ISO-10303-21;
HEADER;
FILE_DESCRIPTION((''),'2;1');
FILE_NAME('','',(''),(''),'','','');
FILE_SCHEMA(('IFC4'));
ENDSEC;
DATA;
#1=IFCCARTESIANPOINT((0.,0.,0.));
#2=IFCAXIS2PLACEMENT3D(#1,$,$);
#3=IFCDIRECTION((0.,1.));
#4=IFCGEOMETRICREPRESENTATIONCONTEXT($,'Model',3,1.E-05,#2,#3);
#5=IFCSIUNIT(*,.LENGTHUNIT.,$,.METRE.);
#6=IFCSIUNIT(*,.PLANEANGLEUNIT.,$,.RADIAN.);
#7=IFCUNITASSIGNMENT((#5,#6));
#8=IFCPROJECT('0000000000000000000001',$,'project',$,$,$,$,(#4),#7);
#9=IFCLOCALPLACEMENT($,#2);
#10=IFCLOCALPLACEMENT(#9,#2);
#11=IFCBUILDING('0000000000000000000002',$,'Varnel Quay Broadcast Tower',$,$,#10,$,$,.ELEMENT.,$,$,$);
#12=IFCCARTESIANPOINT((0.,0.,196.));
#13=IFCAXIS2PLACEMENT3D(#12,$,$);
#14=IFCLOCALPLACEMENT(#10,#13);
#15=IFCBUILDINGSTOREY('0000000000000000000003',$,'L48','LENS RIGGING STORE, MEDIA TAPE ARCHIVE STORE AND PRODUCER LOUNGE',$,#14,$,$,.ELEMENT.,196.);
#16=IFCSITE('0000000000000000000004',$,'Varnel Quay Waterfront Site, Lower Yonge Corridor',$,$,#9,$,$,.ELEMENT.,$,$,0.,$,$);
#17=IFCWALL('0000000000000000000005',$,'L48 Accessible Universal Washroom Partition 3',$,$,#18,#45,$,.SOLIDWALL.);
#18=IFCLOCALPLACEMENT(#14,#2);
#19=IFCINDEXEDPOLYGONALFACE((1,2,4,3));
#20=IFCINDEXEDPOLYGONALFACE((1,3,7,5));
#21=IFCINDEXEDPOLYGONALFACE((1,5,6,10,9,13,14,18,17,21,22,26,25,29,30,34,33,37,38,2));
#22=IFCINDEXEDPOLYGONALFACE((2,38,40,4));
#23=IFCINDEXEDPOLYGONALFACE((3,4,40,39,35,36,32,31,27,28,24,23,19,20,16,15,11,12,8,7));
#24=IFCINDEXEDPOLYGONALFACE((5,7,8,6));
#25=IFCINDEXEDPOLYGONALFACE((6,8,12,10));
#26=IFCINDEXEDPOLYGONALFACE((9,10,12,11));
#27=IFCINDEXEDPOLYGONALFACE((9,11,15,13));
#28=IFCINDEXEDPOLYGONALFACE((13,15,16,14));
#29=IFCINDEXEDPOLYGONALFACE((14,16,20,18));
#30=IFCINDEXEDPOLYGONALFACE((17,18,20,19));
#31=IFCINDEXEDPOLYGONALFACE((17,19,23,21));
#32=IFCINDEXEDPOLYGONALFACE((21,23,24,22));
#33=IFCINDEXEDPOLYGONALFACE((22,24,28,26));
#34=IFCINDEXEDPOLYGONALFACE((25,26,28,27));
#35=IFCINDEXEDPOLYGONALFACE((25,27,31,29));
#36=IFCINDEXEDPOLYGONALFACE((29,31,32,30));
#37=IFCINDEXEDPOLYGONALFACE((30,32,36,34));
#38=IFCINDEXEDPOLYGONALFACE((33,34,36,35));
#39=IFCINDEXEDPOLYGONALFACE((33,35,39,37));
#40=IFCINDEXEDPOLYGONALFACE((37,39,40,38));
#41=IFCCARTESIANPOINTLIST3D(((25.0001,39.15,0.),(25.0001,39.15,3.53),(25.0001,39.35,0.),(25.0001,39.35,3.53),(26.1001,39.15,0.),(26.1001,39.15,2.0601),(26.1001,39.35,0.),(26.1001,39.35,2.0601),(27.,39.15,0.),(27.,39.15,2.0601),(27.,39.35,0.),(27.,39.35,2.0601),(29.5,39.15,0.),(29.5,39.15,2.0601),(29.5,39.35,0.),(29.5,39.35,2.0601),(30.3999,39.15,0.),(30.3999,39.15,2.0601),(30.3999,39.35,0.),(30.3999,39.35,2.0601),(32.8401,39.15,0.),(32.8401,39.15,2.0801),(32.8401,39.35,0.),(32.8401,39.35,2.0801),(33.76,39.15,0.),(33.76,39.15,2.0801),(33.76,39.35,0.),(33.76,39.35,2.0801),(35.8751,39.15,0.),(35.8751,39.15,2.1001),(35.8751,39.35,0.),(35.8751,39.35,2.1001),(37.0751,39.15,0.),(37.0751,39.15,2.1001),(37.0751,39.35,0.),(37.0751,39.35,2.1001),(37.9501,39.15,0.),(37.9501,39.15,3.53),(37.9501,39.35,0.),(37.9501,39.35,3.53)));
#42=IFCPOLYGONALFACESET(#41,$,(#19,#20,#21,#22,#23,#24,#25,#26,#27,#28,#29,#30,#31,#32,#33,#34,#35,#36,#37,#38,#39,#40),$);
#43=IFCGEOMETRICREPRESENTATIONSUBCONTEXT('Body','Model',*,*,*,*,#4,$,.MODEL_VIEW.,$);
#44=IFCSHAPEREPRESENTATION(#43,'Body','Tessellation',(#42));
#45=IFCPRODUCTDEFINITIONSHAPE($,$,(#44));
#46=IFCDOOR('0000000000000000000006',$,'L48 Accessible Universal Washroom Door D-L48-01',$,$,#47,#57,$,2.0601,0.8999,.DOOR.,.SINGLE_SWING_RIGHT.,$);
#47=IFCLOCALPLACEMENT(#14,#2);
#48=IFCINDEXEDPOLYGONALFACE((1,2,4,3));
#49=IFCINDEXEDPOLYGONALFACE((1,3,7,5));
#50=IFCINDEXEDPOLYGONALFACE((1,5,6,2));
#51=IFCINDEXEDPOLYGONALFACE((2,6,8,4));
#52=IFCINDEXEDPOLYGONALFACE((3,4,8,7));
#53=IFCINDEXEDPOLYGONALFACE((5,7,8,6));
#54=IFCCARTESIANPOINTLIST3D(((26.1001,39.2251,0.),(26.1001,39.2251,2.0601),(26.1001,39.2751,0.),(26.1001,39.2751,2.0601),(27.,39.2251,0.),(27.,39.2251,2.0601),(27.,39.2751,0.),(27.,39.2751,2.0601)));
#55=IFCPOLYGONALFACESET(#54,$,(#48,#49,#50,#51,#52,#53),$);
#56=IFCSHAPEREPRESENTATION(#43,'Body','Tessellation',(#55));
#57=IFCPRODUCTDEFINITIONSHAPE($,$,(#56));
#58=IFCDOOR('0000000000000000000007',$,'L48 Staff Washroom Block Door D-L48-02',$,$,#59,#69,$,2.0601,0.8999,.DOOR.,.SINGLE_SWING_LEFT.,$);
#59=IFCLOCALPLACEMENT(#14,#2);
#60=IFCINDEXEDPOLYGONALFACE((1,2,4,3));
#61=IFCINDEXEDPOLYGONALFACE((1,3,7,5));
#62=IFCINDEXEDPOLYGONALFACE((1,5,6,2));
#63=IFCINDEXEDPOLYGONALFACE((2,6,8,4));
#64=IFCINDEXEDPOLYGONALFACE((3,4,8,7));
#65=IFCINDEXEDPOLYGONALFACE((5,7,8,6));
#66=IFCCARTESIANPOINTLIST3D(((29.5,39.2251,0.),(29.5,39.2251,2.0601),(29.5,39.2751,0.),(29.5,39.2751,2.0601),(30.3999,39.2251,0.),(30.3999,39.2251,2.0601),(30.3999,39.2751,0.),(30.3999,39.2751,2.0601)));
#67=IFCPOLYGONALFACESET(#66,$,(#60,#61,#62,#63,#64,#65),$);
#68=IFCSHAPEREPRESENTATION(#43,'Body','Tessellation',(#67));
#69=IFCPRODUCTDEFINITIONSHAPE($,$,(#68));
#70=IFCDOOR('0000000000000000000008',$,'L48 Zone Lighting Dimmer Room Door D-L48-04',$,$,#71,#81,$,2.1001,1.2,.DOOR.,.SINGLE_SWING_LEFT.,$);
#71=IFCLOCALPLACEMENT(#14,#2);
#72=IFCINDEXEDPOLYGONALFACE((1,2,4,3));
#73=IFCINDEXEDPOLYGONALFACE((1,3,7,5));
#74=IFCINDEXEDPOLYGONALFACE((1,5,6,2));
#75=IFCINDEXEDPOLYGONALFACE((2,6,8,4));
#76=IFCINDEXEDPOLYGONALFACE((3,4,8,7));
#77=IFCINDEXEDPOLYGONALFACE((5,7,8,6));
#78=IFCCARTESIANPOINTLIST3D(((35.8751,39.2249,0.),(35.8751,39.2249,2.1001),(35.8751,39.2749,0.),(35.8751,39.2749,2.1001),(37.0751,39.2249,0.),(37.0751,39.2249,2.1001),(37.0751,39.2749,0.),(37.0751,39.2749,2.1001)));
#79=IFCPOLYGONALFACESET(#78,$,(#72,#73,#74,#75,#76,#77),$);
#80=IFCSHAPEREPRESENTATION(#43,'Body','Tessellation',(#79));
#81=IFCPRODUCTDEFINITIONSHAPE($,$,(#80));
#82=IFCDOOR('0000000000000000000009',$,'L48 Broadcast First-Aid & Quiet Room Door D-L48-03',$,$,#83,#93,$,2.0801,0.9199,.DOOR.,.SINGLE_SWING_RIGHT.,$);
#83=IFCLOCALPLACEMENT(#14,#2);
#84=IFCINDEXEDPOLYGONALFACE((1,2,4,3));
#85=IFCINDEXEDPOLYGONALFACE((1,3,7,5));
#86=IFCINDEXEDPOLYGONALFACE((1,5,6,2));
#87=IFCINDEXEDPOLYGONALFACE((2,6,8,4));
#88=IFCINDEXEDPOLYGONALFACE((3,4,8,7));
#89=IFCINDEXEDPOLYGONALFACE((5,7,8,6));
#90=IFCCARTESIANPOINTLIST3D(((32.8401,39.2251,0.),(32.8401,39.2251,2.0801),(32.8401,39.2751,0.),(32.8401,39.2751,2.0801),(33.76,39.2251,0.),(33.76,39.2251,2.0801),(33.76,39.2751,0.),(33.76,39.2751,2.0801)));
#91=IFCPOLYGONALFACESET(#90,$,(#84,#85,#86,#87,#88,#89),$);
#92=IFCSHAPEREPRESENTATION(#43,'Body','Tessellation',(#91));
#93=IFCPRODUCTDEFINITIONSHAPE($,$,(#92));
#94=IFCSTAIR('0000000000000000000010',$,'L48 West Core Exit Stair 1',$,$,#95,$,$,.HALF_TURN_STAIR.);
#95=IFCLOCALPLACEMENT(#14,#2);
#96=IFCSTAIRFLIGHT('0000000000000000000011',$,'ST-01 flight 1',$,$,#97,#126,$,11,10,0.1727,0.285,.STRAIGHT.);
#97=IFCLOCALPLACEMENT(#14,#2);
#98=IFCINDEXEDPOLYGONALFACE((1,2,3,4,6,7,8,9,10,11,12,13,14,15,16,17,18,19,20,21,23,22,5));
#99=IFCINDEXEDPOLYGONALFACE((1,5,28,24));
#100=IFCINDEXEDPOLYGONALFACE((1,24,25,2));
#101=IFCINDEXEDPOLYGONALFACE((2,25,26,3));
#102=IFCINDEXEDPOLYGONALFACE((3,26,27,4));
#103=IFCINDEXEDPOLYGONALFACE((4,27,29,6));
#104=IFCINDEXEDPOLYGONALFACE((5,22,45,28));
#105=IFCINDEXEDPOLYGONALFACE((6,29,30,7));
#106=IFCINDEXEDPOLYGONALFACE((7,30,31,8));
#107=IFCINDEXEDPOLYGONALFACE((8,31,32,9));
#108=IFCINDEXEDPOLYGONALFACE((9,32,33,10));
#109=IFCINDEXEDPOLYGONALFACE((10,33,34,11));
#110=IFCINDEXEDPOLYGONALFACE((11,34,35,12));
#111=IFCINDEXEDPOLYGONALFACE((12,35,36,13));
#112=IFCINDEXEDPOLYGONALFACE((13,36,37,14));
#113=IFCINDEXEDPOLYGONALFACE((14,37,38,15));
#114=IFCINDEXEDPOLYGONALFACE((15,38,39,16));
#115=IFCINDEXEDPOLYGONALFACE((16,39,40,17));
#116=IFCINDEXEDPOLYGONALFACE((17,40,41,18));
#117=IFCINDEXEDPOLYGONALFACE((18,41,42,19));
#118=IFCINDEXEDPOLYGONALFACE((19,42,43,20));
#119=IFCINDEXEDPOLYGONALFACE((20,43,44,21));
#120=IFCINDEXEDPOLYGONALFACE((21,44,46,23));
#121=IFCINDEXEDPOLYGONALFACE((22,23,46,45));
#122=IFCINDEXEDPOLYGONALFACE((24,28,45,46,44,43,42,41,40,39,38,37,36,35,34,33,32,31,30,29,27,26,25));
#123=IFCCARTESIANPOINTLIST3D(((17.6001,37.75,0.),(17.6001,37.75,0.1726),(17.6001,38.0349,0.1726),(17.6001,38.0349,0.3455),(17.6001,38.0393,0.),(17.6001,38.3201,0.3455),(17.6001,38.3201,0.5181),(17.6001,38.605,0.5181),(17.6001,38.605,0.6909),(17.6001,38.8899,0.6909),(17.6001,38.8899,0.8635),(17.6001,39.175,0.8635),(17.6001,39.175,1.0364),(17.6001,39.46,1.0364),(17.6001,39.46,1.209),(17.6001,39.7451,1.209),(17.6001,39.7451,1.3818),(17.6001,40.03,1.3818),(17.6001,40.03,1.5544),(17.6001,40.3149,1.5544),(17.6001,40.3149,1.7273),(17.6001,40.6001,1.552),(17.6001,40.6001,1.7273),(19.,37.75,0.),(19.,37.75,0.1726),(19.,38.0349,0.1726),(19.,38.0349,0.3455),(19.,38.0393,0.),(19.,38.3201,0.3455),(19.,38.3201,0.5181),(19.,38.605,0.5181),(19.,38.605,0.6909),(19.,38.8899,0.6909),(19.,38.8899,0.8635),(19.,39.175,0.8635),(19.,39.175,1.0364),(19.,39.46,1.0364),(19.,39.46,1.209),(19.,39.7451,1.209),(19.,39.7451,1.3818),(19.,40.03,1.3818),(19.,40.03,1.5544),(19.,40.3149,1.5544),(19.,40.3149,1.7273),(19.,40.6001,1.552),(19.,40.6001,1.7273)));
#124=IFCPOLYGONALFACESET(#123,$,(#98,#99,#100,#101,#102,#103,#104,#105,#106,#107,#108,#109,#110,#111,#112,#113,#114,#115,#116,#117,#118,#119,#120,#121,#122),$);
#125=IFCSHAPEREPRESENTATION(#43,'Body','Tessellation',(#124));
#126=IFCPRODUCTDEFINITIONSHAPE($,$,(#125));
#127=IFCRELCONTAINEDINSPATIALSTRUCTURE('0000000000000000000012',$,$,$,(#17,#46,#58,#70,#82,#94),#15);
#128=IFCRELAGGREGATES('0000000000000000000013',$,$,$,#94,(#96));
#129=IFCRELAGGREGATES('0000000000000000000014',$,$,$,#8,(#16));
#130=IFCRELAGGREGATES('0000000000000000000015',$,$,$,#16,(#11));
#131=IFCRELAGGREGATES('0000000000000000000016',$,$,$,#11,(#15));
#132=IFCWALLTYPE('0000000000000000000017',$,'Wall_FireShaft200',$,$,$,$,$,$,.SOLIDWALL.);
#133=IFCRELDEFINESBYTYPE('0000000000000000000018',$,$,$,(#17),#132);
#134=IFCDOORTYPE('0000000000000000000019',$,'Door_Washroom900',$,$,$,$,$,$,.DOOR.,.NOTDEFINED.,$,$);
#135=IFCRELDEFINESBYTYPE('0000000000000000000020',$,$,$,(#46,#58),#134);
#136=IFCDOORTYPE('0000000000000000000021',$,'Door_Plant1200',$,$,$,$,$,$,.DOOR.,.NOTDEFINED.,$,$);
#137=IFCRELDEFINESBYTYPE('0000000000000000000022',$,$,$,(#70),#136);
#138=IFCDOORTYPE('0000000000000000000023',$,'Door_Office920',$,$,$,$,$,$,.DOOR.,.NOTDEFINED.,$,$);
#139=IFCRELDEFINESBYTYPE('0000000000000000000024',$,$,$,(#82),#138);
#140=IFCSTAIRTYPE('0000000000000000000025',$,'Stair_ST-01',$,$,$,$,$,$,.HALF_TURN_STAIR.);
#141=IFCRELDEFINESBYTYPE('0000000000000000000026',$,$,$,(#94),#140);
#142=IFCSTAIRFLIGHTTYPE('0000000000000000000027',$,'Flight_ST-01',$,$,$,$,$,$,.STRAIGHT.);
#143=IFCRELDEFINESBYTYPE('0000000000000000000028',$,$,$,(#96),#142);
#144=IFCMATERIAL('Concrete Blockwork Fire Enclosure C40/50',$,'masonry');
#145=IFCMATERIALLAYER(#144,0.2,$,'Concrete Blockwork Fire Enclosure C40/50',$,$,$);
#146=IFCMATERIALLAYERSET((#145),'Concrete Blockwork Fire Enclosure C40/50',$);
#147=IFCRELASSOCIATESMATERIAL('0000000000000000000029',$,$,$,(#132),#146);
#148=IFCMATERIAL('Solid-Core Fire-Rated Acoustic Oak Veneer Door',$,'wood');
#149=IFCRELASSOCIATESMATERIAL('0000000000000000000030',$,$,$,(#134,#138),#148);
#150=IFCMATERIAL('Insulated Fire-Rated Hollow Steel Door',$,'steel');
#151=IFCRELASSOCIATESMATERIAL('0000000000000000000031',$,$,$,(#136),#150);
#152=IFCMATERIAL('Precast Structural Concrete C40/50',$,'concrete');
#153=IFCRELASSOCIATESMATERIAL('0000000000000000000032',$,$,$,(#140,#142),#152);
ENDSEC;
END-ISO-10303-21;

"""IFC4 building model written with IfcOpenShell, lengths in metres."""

from ifc_helpers import new_model, si_unit, direction, frame, frame_2d, origin, place, context, subcontext, project, spatial, polyline, rectangle, outline, extrude, source, transform, mapped, material, layer, layer_set, type_object, type_shapes, element, fill, aggregate, save


model = new_model("IFC4")

# Units and contexts
model_context = context("Model", 3, precision=1e-05, world=origin(), true_north=direction((0.0, 1.0)))
body_context = subcontext(model_context, "Body", "Model", "MODEL_VIEW")
ifc_project = project(units=[si_unit("LENGTHUNIT", "METRE"), si_unit("PLANEANGLEUNIT", "RADIAN")], contexts=[model_context])

# Site, building, storey
site_placement = place(None, origin())
site = spatial("IfcSite", under=ifc_project, at=site_placement, Name="Varnel Quay Waterfront Site, Lower Yonge Corridor", CompositionType="ELEMENT", RefElevation=0.0)
building_placement = place(site_placement, origin())
building = spatial("IfcBuilding", under=site, at=building_placement, Name="Varnel Quay Broadcast Tower", CompositionType="ELEMENT")
storey_placement = place(building_placement, frame((0.0, 0.0, 196.0)))
storey = spatial("IfcBuildingStorey", under=building, at=storey_placement, Name="L48", Description="LENS RIGGING STORE, MEDIA TAPE ARCHIVE STORE AND PRODUCER LOUNGE", CompositionType="ELEMENT", Elevation=196.0)

# Shared definitions
ifc_material_1 = material(Name="Insulated Fire-Rated Hollow Steel Door", Category="steel")

# Shared definitions
ifc_material_2 = material(Name="Concrete Blockwork Fire Enclosure C40/50", Category="masonry")
ifc_layer_1 = layer(ifc_material_2, 0.2, Name="Concrete Blockwork Fire Enclosure C40/50")
ifc_layer_set_1 = layer_set([ifc_layer_1], Name="Concrete Blockwork Fire Enclosure C40/50")
wall_type_1 = type_object("IfcWallType", Name="Wall_FireShaft200", PredefinedType="SOLIDWALL", material=ifc_layer_set_1)

# Wall, openings, doors
wall_1_placement = place(storey_placement, frame((25.0, 39.25, 0.0), z_axis=(0.0, 0.0, 1.0), x_axis=(1.0, 0.0, 0.0)))
wall_1 = element("IfcWall", 1, at=wall_1_placement, inside=storey, type_object=wall_type_1, Name="L48 Accessible Universal Washroom Partition 3", PredefinedType="SOLIDWALL", context=body_context, shape_type="SweptSolid", body=[
    extrude(rectangle(XDim=12.95, YDim=0.2, at=frame_2d((6.4751, 0.0))), origin(), (0.0, 0.0, 1.0), 3.53),
])
opening_1_placement = place(wall_1_placement, frame((1.1001, 0.0, 0.0)))
opening_1 = element("IfcOpeningElement", 2, at=opening_1_placement, cuts=wall_1, PredefinedType="OPENING", context=body_context, shape_type="SweptSolid", body=[
    extrude(rectangle(XDim=0.8999, YDim=2.0601, at=frame_2d((0.45, 1.03))), frame((0.0, 0.1099, 0.0), z_axis=(0.0, -1.0, 0.0), x_axis=(1.0, 0.0, 0.0)), (0.0, 0.0, 1.0), 0.22),
])
opening_2_placement = place(wall_1_placement, frame((4.5, 0.0, 0.0)))
opening_2 = element("IfcOpeningElement", 3, at=opening_2_placement, cuts=wall_1, PredefinedType="OPENING", context=body_context, shape_type="SweptSolid", body=[
    extrude(rectangle(XDim=0.8999, YDim=2.0601, at=frame_2d((0.45, 1.03))), frame((0.0, 0.1099, 0.0), z_axis=(0.0, -1.0, 0.0), x_axis=(1.0, 0.0, 0.0)), (0.0, 0.0, 1.0), 0.22),
])
opening_3_placement = place(wall_1_placement, frame((7.8401, 0.0, 0.0)))
opening_3 = element("IfcOpeningElement", 4, at=opening_3_placement, cuts=wall_1, PredefinedType="OPENING", context=body_context, shape_type="SweptSolid", body=[
    extrude(rectangle(XDim=0.9199, YDim=2.0801, at=frame_2d((0.46, 1.04))), frame((0.0, 0.1099, 0.0), z_axis=(0.0, -1.0, 0.0), x_axis=(1.0, 0.0, 0.0)), (0.0, 0.0, 1.0), 0.22),
])
opening_4_placement = place(wall_1_placement, frame((10.875, 0.0, 0.0)))
opening_4 = element("IfcOpeningElement", 5, at=opening_4_placement, cuts=wall_1, PredefinedType="OPENING", context=body_context, shape_type="SweptSolid", body=[
    extrude(rectangle(XDim=1.2, YDim=2.1001, at=frame_2d((0.6001, 1.05))), frame((0.0, 0.1099, 0.0), z_axis=(0.0, -1.0, 0.0), x_axis=(1.0, 0.0, 0.0)), (0.0, 0.0, 1.0), 0.22),
])
ifc_material_3 = material(Name="Solid-Core Fire-Rated Acoustic Oak Veneer Door", Category="wood")
door_type_1 = type_object("IfcDoorType", Name="Door_Washroom900", OperationType="NOTDEFINED", PredefinedType="DOOR", material=ifc_material_3)
shared_shape_1 = source(origin(), body_context, "Body", "SweptSolid", [
    extrude(rectangle(XDim=0.8999, YDim=2.0601, at=frame_2d((0.45, 1.03))), frame((0.0, 0.0249, 0.0), z_axis=(0.0, -1.0, 0.0), x_axis=(1.0, 0.0, 0.0)), (0.0, 0.0, 1.0), 0.05),
])
type_shapes(door_type_1, [shared_shape_1])
door_1_placement = place(opening_1_placement, frame((0.8999, 0.0, 0.0), z_axis=(0.0, 0.0, 1.0), x_axis=(-1.0, 0.0, 0.0)))
door_1 = element("IfcDoor", 6, at=door_1_placement, inside=storey, type_object=door_type_1, Name="L48 Accessible Universal Washroom Door D-L48-01", OperationType="SINGLE_SWING_RIGHT", OverallHeight=2.0601, OverallWidth=0.8999, PredefinedType="DOOR", context=body_context, shape_type="MappedRepresentation", body=[
    mapped(shared_shape_1, transform((0.0, 0.0, 0.0), x_axis=(1.0, 0.0, 0.0), y_axis=(0.0, 1.0, 0.0), z_axis=(0.0, 0.0, 1.0), scale=1.0)),
])
fill(opening_1, door_1)
door_2_placement = place(opening_2_placement, frame((0.8999, 0.0, 0.0), z_axis=(0.0, 0.0, 1.0), x_axis=(-1.0, 0.0, 0.0)))
door_2 = element("IfcDoor", 7, at=door_2_placement, inside=storey, type_object=door_type_1, Name="L48 Staff Washroom Block Door D-L48-02", OperationType="SINGLE_SWING_LEFT", OverallHeight=2.0601, OverallWidth=0.8999, PredefinedType="DOOR", context=body_context, shape_type="MappedRepresentation", body=[
    mapped(shared_shape_1, transform((0.0, 0.0, 0.0), x_axis=(1.0, 0.0, 0.0), y_axis=(0.0, 1.0, 0.0), z_axis=(0.0, 0.0, 1.0), scale=1.0)),
])
fill(opening_2, door_2)
door_type_2 = type_object("IfcDoorType", Name="Door_Plant1200", OperationType="NOTDEFINED", PredefinedType="DOOR", material=ifc_material_1)
shared_shape_2 = source(origin(), body_context, "Body", "SweptSolid", [
    extrude(rectangle(XDim=1.2, YDim=2.1001, at=frame_2d((0.6001, 1.05))), frame((0.0, 0.0249, 0.0), z_axis=(0.0, -1.0, 0.0), x_axis=(1.0, 0.0, 0.0)), (0.0, 0.0, 1.0), 0.05),
])
type_shapes(door_type_2, [shared_shape_2])
door_3_placement = place(opening_4_placement, origin())
door_3 = element("IfcDoor", 8, at=door_3_placement, inside=storey, type_object=door_type_2, Name="L48 Zone Lighting Dimmer Room Door D-L48-04", OperationType="SINGLE_SWING_LEFT", OverallHeight=2.1001, OverallWidth=1.2, PredefinedType="DOOR", context=body_context, shape_type="MappedRepresentation", body=[
    mapped(shared_shape_2, transform((0.0, 0.0, 0.0), x_axis=(1.0, 0.0, 0.0), y_axis=(0.0, 1.0, 0.0), z_axis=(0.0, 0.0, 1.0), scale=1.0)),
])
fill(opening_4, door_3)
door_type_3 = type_object("IfcDoorType", Name="Door_Office920", OperationType="NOTDEFINED", PredefinedType="DOOR", material=ifc_material_3)
shared_shape_3 = source(origin(), body_context, "Body", "SweptSolid", [
    extrude(rectangle(XDim=0.9199, YDim=2.0801, at=frame_2d((0.46, 1.04))), frame((0.0, 0.0249, 0.0), z_axis=(0.0, -1.0, 0.0), x_axis=(1.0, 0.0, 0.0)), (0.0, 0.0, 1.0), 0.05),
])
type_shapes(door_type_3, [shared_shape_3])
door_4_placement = place(opening_3_placement, frame((0.9199, 0.0, 0.0), z_axis=(0.0, 0.0, 1.0), x_axis=(-1.0, 0.0, 0.0)))
door_4 = element("IfcDoor", 9, at=door_4_placement, inside=storey, type_object=door_type_3, Name="L48 Broadcast First-Aid & Quiet Room Door D-L48-03", OperationType="SINGLE_SWING_RIGHT", OverallHeight=2.0801, OverallWidth=0.9199, PredefinedType="DOOR", context=body_context, shape_type="MappedRepresentation", body=[
    mapped(shared_shape_3, transform((0.0, 0.0, 0.0), x_axis=(1.0, 0.0, 0.0), y_axis=(0.0, 1.0, 0.0), z_axis=(0.0, 0.0, 1.0), scale=1.0)),
])
fill(opening_3, door_4)

# Stair, stair flight
ifc_material_4 = material(Name="Precast Structural Concrete C40/50", Category="concrete")
stair_type = type_object("IfcStairType", Name="Stair_ST-01", PredefinedType="HALF_TURN_STAIR", material=ifc_material_4)
stair_placement = place(storey_placement, origin())
stair = element("IfcStair", 10, at=stair_placement, inside=storey, type_object=stair_type, Name="L48 West Core Exit Stair 1", PredefinedType="HALF_TURN_STAIR")
stair_flight_type = type_object("IfcStairFlightType", Name="Flight_ST-01", PredefinedType="STRAIGHT", material=ifc_material_4)
stair_flight_placement = place(storey_placement, frame((18.3, 37.75, 0.0), z_axis=(0.0, 0.0, 1.0), x_axis=(0.0, 1.0, 0.0)))
stair_flight = element("IfcStairFlight", 11, at=stair_flight_placement, type_object=stair_flight_type, Name="ST-01 flight 1", NumberOfRisers=11, NumberOfTreads=10, PredefinedType="STRAIGHT", RiserHeight=0.1727, TreadLength=0.285, context=body_context, shape_type="SweptSolid", body=[
    extrude(outline(polyline([(0.0, 0.0), (0.0, 0.1726), (0.2849, 0.1726), (0.2849, 0.3455), (0.5701, 0.3455), (0.5701, 0.5181), (0.855, 0.5181), (0.855, 0.6909), (1.1399, 0.6909), (1.1399, 0.8635), (1.425, 0.8635), (1.425, 1.0364), (1.71, 1.0364), (1.71, 1.209), (1.9951, 1.209), (1.9951, 1.3818), (2.28, 1.3818), (2.28, 1.5544), (2.5649, 1.5544), (2.5649, 1.7273), (2.8501, 1.7273), (2.8501, 1.8999), (2.8501, 1.552), (0.2893, 0.0), (0.0, 0.0)])), frame((0.0, 0.7, 0.0), z_axis=(0.0, -1.0, 0.0), x_axis=(1.0, 0.0, 0.0)), (0.0, 0.0, 1.0), 1.3999),
])
aggregate(stair, [stair_flight])

save(model, "model.ifc")
